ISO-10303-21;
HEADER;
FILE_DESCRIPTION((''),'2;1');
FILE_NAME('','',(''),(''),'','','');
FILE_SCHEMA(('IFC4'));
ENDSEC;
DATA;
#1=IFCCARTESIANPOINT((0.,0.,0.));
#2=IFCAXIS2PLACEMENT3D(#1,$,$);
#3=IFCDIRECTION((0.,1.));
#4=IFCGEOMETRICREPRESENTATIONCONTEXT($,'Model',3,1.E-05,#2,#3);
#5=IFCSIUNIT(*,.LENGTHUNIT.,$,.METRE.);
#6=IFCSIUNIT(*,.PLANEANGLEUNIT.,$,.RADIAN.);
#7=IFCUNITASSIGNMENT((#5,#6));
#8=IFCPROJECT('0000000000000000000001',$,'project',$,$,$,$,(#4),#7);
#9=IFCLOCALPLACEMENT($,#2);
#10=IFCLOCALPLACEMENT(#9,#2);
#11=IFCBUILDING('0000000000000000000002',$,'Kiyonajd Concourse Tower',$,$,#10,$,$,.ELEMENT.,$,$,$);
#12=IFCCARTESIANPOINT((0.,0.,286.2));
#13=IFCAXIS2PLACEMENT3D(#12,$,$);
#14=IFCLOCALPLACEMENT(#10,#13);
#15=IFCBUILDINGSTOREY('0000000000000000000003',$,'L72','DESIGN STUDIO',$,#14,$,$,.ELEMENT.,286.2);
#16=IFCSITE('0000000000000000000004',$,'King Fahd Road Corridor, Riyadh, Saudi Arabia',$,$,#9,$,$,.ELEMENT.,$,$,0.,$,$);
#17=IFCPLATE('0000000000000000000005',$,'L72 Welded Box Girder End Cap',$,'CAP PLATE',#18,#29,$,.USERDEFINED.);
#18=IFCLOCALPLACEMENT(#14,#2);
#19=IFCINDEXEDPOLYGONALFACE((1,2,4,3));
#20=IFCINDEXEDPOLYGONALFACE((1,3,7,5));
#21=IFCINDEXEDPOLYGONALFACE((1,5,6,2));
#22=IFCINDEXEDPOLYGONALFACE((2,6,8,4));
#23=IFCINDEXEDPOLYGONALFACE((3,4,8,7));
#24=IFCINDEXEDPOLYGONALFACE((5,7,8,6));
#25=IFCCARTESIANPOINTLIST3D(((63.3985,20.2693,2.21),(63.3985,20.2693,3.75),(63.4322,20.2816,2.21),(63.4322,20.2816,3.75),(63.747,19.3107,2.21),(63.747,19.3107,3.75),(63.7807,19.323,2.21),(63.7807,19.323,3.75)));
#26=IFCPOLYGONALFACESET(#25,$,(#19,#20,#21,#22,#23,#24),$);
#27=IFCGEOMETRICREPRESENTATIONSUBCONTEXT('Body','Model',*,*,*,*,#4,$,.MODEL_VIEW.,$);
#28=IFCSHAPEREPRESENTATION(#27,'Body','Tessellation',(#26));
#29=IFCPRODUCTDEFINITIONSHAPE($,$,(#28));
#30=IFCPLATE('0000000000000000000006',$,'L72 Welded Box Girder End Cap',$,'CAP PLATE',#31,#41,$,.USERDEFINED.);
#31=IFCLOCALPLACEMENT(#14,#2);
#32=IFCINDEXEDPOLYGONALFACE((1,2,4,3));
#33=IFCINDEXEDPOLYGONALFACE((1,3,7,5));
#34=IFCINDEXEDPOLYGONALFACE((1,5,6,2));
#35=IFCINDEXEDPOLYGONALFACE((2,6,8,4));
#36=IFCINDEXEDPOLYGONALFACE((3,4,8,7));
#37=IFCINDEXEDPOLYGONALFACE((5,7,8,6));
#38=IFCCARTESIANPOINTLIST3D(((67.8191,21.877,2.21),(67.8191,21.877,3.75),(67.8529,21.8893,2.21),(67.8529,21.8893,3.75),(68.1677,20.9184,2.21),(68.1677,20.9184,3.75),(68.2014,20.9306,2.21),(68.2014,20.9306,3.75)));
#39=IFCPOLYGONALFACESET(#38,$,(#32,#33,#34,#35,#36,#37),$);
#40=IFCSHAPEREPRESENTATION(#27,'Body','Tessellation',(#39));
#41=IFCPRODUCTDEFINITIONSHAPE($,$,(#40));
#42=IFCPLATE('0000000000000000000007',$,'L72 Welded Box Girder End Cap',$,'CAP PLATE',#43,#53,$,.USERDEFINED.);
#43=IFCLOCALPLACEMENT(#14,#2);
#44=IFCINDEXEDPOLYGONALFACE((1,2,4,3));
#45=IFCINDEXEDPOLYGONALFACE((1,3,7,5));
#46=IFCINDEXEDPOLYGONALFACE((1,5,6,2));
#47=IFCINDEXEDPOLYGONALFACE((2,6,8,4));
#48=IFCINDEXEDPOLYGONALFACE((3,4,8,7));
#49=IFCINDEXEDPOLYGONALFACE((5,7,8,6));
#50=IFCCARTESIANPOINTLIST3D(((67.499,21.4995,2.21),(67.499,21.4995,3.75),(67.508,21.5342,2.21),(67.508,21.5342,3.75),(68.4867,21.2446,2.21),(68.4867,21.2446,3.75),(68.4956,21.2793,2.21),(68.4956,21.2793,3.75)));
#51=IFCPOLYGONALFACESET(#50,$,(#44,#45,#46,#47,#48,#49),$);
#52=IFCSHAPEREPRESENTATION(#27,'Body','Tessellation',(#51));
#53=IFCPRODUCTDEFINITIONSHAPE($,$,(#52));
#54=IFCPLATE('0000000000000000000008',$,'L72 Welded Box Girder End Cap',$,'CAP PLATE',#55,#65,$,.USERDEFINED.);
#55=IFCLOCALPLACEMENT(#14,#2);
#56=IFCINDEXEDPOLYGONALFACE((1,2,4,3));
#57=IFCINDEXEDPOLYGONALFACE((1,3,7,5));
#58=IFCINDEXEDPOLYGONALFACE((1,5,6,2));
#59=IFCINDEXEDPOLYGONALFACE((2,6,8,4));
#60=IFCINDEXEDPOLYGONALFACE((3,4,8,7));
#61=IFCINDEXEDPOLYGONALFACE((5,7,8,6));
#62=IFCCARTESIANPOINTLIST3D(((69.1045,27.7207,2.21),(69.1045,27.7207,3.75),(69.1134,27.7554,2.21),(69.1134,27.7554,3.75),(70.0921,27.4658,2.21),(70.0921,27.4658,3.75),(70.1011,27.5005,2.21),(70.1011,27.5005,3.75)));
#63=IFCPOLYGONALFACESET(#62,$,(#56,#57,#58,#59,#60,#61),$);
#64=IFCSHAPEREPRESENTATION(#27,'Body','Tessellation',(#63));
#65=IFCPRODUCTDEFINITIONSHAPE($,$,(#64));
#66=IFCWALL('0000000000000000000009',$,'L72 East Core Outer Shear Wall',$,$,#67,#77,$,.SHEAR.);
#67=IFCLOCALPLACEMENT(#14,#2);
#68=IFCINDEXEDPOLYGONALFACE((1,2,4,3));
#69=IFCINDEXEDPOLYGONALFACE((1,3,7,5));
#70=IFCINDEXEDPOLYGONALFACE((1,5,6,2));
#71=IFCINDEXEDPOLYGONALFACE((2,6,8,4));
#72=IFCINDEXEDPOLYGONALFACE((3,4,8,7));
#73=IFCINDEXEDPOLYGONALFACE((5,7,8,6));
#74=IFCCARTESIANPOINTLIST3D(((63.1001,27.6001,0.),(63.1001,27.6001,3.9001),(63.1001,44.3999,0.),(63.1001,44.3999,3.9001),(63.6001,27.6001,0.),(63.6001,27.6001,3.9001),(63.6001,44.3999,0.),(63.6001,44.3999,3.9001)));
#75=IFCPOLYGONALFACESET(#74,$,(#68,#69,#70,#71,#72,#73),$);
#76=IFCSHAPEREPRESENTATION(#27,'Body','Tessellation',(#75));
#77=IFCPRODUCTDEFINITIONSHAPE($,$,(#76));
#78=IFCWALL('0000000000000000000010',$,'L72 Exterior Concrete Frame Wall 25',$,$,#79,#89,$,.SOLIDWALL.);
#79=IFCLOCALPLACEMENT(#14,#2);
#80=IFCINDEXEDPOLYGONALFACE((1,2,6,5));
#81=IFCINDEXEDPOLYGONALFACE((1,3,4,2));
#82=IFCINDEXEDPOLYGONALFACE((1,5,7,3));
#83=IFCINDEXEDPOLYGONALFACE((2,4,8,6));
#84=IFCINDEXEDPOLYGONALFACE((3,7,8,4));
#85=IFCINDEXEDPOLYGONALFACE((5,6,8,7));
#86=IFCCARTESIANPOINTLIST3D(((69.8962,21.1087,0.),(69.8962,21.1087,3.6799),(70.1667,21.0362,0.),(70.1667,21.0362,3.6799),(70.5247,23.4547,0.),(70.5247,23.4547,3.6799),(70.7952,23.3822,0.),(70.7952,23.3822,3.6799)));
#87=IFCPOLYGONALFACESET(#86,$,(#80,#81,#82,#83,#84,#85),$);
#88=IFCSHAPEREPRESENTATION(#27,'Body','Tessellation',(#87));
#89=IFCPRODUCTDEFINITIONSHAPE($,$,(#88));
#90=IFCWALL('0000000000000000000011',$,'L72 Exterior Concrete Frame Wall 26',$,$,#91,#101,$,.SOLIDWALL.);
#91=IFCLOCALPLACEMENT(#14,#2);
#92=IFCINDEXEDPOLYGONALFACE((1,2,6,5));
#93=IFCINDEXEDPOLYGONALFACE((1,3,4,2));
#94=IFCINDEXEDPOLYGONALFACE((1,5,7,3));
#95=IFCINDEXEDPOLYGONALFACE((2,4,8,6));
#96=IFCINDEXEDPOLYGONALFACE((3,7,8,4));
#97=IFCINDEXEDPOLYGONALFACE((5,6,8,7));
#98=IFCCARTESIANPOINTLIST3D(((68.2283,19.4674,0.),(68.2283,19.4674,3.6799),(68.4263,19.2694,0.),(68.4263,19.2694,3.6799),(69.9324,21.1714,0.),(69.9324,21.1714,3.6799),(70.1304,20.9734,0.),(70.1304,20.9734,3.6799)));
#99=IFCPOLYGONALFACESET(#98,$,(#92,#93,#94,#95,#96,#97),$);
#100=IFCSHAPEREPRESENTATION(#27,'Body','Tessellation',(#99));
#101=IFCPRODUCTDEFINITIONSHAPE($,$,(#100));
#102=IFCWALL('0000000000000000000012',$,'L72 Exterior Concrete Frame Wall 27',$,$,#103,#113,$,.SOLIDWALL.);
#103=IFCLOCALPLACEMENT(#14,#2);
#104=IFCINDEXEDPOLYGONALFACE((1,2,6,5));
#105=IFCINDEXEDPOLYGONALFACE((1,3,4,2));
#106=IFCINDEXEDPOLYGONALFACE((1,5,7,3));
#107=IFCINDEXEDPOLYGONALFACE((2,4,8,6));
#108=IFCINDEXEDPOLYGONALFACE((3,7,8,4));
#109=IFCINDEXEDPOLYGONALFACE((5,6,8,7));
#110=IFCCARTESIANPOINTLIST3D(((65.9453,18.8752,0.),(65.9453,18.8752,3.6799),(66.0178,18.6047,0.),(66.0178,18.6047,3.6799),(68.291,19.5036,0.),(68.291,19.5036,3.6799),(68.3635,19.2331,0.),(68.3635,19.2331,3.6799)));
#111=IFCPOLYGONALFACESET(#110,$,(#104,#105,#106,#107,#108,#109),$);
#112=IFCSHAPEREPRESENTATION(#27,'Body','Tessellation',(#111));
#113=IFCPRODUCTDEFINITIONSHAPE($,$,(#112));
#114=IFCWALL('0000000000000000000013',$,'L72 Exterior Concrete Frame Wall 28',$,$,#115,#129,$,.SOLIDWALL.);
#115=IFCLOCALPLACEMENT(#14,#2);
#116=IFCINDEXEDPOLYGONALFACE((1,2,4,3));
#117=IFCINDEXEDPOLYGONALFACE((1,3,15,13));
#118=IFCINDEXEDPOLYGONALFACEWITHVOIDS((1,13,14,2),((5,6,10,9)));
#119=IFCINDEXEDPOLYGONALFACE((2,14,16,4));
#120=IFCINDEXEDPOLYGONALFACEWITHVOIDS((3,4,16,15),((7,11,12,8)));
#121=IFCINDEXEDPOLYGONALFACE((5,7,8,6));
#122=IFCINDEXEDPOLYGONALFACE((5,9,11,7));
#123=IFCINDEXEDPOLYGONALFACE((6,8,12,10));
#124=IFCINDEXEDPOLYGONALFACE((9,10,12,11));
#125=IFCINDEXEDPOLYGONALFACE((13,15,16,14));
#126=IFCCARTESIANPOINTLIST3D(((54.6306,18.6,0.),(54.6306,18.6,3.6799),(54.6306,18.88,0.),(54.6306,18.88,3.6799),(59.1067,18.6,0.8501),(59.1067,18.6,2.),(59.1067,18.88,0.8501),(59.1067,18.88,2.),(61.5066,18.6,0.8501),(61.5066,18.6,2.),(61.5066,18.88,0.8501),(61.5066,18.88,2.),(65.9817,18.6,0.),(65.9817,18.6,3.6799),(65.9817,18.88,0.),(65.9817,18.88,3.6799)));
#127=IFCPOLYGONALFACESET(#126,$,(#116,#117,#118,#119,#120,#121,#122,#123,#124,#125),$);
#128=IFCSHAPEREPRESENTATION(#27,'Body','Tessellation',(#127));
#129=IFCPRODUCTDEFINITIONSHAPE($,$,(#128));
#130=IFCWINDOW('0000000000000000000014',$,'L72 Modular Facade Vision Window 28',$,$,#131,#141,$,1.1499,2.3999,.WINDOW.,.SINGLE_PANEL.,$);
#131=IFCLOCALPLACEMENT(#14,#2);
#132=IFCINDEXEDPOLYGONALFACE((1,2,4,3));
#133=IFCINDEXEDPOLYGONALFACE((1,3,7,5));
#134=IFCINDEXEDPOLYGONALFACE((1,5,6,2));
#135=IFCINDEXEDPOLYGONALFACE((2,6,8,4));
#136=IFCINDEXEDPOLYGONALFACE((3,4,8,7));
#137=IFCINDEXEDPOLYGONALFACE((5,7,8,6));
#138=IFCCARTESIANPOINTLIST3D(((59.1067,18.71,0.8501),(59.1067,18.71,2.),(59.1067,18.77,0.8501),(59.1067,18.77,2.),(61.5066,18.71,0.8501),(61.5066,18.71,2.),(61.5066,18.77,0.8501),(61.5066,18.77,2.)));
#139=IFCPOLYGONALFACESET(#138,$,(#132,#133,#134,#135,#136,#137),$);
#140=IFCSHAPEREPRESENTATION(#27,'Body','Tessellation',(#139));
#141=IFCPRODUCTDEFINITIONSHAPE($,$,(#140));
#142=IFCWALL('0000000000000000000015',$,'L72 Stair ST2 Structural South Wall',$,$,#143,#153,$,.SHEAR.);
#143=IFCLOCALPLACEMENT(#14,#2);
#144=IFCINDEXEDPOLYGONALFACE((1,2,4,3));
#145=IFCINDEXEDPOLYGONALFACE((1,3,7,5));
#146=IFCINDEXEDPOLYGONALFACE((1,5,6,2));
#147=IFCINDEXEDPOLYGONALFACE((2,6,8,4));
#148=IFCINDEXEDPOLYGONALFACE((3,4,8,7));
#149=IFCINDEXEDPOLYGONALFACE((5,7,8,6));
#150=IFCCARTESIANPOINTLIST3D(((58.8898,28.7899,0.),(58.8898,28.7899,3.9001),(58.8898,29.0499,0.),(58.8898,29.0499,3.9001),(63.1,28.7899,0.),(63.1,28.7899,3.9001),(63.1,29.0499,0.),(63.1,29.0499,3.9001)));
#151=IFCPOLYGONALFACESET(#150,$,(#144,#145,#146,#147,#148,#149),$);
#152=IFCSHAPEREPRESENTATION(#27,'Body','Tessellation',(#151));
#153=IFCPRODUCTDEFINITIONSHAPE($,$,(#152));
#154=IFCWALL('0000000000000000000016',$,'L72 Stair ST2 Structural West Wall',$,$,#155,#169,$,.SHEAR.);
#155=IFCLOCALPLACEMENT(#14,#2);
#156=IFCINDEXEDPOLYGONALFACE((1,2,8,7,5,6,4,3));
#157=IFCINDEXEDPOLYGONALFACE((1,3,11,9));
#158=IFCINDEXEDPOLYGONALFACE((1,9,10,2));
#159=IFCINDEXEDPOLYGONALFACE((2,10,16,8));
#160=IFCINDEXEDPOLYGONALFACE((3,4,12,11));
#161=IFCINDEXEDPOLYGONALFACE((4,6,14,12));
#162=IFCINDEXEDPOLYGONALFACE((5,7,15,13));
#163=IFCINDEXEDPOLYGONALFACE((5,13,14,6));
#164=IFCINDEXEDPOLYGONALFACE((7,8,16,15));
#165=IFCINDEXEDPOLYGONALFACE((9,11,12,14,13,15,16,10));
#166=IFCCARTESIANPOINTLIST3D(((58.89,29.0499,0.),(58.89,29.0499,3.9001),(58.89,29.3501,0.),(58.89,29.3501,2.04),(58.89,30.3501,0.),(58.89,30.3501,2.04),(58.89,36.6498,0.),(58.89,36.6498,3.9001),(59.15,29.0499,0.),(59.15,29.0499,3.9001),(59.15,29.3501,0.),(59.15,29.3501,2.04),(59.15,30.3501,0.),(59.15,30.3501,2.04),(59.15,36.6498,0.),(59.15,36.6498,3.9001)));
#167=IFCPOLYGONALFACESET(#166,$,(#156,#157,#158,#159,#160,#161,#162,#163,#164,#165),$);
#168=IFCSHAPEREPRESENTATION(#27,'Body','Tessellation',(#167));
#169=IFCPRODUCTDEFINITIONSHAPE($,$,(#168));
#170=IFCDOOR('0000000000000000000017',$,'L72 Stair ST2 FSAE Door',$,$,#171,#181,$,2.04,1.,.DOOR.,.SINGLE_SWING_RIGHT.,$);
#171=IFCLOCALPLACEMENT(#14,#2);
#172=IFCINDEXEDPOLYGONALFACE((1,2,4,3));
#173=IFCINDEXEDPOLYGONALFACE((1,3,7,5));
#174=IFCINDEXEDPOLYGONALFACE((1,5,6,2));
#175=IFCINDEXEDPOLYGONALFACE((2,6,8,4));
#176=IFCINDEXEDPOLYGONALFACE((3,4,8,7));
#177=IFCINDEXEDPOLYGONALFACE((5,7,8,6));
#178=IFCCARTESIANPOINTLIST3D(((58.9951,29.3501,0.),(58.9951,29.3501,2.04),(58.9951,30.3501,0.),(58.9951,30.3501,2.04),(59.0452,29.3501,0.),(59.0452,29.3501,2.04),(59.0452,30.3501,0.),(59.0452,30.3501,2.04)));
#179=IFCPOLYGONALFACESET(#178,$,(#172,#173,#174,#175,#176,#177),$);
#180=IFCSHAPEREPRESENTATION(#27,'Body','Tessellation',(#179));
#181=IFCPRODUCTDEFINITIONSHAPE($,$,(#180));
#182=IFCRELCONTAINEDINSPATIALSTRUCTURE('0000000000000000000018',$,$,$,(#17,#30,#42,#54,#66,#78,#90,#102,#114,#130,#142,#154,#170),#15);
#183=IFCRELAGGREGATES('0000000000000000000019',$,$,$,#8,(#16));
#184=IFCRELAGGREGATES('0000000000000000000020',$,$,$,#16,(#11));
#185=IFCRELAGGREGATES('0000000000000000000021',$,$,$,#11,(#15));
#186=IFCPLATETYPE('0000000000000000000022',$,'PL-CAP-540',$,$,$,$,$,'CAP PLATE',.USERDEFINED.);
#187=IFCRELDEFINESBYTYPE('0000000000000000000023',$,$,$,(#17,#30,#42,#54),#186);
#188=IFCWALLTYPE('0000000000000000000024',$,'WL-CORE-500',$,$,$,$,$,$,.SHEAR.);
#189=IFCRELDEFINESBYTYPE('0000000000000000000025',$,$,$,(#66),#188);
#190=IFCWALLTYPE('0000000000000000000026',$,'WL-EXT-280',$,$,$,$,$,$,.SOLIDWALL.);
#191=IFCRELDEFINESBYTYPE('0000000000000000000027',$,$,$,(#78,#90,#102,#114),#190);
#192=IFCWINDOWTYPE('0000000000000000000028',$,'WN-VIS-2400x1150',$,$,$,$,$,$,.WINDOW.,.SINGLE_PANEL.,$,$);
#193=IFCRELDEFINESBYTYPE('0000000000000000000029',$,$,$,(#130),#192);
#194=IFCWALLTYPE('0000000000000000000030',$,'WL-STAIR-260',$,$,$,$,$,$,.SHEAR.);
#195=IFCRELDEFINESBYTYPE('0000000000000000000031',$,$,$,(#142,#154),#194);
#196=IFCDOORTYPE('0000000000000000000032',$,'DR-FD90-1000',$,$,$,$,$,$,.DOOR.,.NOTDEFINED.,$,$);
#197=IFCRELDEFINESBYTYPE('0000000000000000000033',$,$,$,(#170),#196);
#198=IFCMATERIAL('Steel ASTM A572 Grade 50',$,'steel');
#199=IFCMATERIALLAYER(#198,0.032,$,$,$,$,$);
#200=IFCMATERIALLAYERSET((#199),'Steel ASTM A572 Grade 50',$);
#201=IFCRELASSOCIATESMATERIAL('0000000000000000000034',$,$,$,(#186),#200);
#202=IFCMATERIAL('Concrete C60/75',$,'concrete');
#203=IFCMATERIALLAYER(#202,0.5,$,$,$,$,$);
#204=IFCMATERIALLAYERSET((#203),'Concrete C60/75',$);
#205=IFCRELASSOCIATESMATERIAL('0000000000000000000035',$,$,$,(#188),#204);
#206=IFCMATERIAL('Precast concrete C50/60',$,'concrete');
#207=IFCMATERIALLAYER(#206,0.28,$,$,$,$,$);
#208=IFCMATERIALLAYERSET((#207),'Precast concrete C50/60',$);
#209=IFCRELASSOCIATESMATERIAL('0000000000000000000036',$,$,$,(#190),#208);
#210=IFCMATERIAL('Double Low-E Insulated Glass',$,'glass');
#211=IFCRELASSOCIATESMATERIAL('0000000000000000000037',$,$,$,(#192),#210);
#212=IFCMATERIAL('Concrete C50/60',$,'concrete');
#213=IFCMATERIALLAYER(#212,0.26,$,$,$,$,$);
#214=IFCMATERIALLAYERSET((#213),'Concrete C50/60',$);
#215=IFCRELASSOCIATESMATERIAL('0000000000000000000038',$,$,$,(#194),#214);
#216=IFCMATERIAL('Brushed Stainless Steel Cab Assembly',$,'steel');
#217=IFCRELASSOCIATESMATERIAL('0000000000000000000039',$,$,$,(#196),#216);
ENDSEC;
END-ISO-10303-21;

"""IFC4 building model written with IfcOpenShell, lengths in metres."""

from ifc_helpers import new_model, si_unit, direction, frame, frame_2d, origin, origin_2d, place, context, subcontext, project, spatial, rectangle, extrude, material, layer, layer_set, type_object, element, fill, save


model = new_model("IFC4")

# Units and contexts
model_context = context("Model", 3, precision=1e-05, world=origin(), true_north=direction((0.0, 1.0)))
body_context = subcontext(model_context, "Body", "Model", "MODEL_VIEW")
ifc_project = project(units=[si_unit("LENGTHUNIT", "METRE"), si_unit("PLANEANGLEUNIT", "RADIAN")], contexts=[model_context])

# Site, building, storey
site_placement = place(None, origin())
site = spatial("IfcSite", under=ifc_project, at=site_placement, Name="King Fahd Road Corridor, Riyadh, Saudi Arabia", CompositionType="ELEMENT", RefElevation=0.0)
building_placement = place(site_placement, origin())
building = spatial("IfcBuilding", under=site, at=building_placement, Name="Kiyonajd Concourse Tower", CompositionType="ELEMENT")
storey_placement = place(building_placement, frame((0.0, 0.0, 286.2)))
storey = spatial("IfcBuildingStorey", under=building, at=storey_placement, Name="L72", Description="DESIGN STUDIO", CompositionType="ELEMENT", Elevation=286.2)

# Shared definitions
ifc_material_1 = material(Name="Concrete C60/75", Category="concrete")

# Shared definitions
ifc_material_2 = material(Name="Steel ASTM A572 Grade 50", Category="steel")

# Plates
ifc_layer_1 = layer(ifc_material_2, 0.032)
ifc_layer_set_1 = layer_set([ifc_layer_1], Name="Steel ASTM A572 Grade 50")
plate_type = type_object("IfcPlateType", Name="PL-CAP-540", ElementType="CAP PLATE", PredefinedType="USERDEFINED", material=ifc_layer_set_1)
for number, where, z_axis, x_axis, name in (
    (1, (63.5896, 19.7961, 2.21), (0.0, 0.0, 1.0), (-0.939812, -0.341692, 0.0), "L72 Welded Box Girder End Cap"),
    (2, (68.0103, 21.4038, 2.21), (0.0, 0.0, 1.0), (0.939812, 0.341692, 0.0), "L72 Welded Box Girder End Cap"),
    (3, (67.9973, 21.3894, 2.21), (0.0, 0.0, 1.0), (-0.249873, -0.968279, 0.0), "L72 Welded Box Girder End Cap"),
    (4, (69.6028, 27.6106, 2.21), (0.0, 0.0, 1.0), (0.249873, 0.968279, 0.0), "L72 Welded Box Girder End Cap"),
):
    element("IfcPlate", number, at=place(storey_placement, frame(where, z_axis=z_axis, x_axis=x_axis)), inside=storey, type_object=plate_type, Name=name, ObjectType="CAP PLATE", PredefinedType="USERDEFINED", context=body_context, shape_type="SweptSolid", body=[
        extrude(rectangle(XDim=0.0359, YDim=1.02, at=origin_2d()), origin(), (0.0, 0.0, 1.0), 1.54),
    ])

# Walls
ifc_layer_2 = layer(ifc_material_1, 0.5)
ifc_layer_set_2 = layer_set([ifc_layer_2], Name="Concrete C60/75")
wall_type_1 = type_object("IfcWallType", Name="WL-CORE-500", PredefinedType="SHEAR", material=ifc_layer_set_2)
wall_1_placement = place(storey_placement, frame((63.3501, 27.6001, 0.0), z_axis=(0.0, 0.0, 1.0), x_axis=(0.0, 1.0, 0.0)))
element("IfcWall", 5, at=wall_1_placement, inside=storey, type_object=wall_type_1, Name="L72 East Core Outer Shear Wall", PredefinedType="SHEAR", context=body_context, shape_type="SweptSolid", body=[
    extrude(rectangle(XDim=16.7998, YDim=0.5, at=frame_2d((8.3999, 0.0))), origin(), (0.0, 0.0, 1.0), 3.9001),
])
ifc_material_3 = material(Name="Precast concrete C50/60", Category="concrete")
ifc_layer_3 = layer(ifc_material_3, 0.28)
ifc_layer_set_3 = layer_set([ifc_layer_3], Name="Precast concrete C50/60")
wall_type_2 = type_object("IfcWallType", Name="WL-EXT-280", PredefinedType="SOLIDWALL", material=ifc_layer_set_3)
wall_2_placement = place(storey_placement, frame((70.6599, 23.4185, 0.0), z_axis=(0.0, 0.0, 1.0), x_axis=(-0.258751, -0.965944, 0.0)))
element("IfcWall", 6, at=wall_2_placement, inside=storey, type_object=wall_type_2, Name="L72 Exterior Concrete Frame Wall 25", PredefinedType="SOLIDWALL", context=body_context, shape_type="SweptSolid", body=[
    extrude(rectangle(XDim=2.4287, YDim=0.28, at=frame_2d((1.2144, 0.0))), origin(), (0.0, 0.0, 1.0), 3.6799),
])
wall_3_placement = place(storey_placement, frame((70.0315, 21.0725, 0.0), z_axis=(0.0, 0.0, 1.0), x_axis=(-0.707107, -0.707107, 0.0)))
element("IfcWall", 7, at=wall_3_placement, inside=storey, type_object=wall_type_2, Name="L72 Exterior Concrete Frame Wall 26", PredefinedType="SOLIDWALL", context=body_context, shape_type="SweptSolid", body=[
    extrude(rectangle(XDim=2.4099, YDim=0.28, at=frame_2d((1.2051, 0.0))), origin(), (0.0, 0.0, 1.0), 3.6799),
])
wall_4_placement = place(storey_placement, frame((68.3274, 19.3684, 0.0), z_axis=(0.0, 0.0, 1.0), x_axis=(-0.965937, -0.258776, 0.0)))
element("IfcWall", 8, at=wall_4_placement, inside=storey, type_object=wall_type_2, Name="L72 Exterior Concrete Frame Wall 27", PredefinedType="SOLIDWALL", context=body_context, shape_type="SweptSolid", body=[
    extrude(rectangle(XDim=2.4285, YDim=0.28, at=frame_2d((1.2144, 0.0))), origin(), (0.0, 0.0, 1.0), 3.6799),
])

# Wall, opening, window
wall_5_placement = place(storey_placement, frame((65.9817, 18.74, 0.0), z_axis=(0.0, 0.0, 1.0), x_axis=(-1.0, 0.0, 0.0)))
wall_5 = element("IfcWall", 9, at=wall_5_placement, inside=storey, type_object=wall_type_2, Name="L72 Exterior Concrete Frame Wall 28", PredefinedType="SOLIDWALL", context=body_context, shape_type="SweptSolid", body=[
    extrude(rectangle(XDim=11.3511, YDim=0.28, at=frame_2d((5.6755, 0.0))), origin(), (0.0, 0.0, 1.0), 3.6799),
])
opening_1_placement = place(wall_5_placement, frame((4.4751, 0.0, 0.8501)))
opening_1 = element("IfcOpeningElement", 10, at=opening_1_placement, cuts=wall_5, PredefinedType="OPENING", context=body_context, shape_type="SweptSolid", body=[
    extrude(rectangle(XDim=2.3999, YDim=1.1499, at=frame_2d((1.2, 0.575))), frame((0.0, 0.1499, 0.0), z_axis=(0.0, -1.0, 0.0), x_axis=(1.0, 0.0, 0.0)), (0.0, 0.0, 1.0), 0.3),
])
ifc_material_4 = material(Name="Double Low-E Insulated Glass", Category="glass")
window_type = type_object("IfcWindowType", Name="WN-VIS-2400x1150", PartitioningType="SINGLE_PANEL", PredefinedType="WINDOW", material=ifc_material_4)
window_placement = place(opening_1_placement, origin())
window = element("IfcWindow", 11, at=window_placement, inside=storey, type_object=window_type, Name="L72 Modular Facade Vision Window 28", OverallHeight=1.1499, OverallWidth=2.3999, PartitioningType="SINGLE_PANEL", PredefinedType="WINDOW", context=body_context, shape_type="SweptSolid", body=[
    extrude(rectangle(XDim=2.3999, YDim=1.1499, at=frame_2d((1.2, 0.575))), frame((0.0, 0.03, 0.0), z_axis=(0.0, -1.0, 0.0), x_axis=(1.0, 0.0, 0.0)), (0.0, 0.0, 1.0), 0.0601),
])
fill(opening_1, window)

# Wall
ifc_material_5 = material(Name="Concrete C50/60", Category="concrete")
ifc_layer_4 = layer(ifc_material_5, 0.26)
ifc_layer_set_4 = layer_set([ifc_layer_4], Name="Concrete C50/60")
wall_type_3 = type_object("IfcWallType", Name="WL-STAIR-260", PredefinedType="SHEAR", material=ifc_layer_set_4)
wall_6_placement = place(storey_placement, frame((58.8899, 28.9199, 0.0), z_axis=(0.0, 0.0, 1.0), x_axis=(1.0, 0.0, 0.0)))
element("IfcWall", 12, at=wall_6_placement, inside=storey, type_object=wall_type_3, Name="L72 Stair ST2 Structural South Wall", PredefinedType="SHEAR", context=body_context, shape_type="SweptSolid", body=[
    extrude(rectangle(XDim=4.2102, YDim=0.26, at=frame_2d((2.105, 0.0))), origin(), (0.0, 0.0, 1.0), 3.9001),
])

# Wall, opening, door
wall_7_placement = place(storey_placement, frame((59.02, 29.05, 0.0), z_axis=(0.0, 0.0, 1.0), x_axis=(0.0, 1.0, 0.0)))
wall_7 = element("IfcWall", 13, at=wall_7_placement, inside=storey, type_object=wall_type_3, Name="L72 Stair ST2 Structural West Wall", PredefinedType="SHEAR", context=body_context, shape_type="SweptSolid", body=[
    extrude(rectangle(XDim=7.5999, YDim=0.26, at=frame_2d((3.7998, 0.0))), origin(), (0.0, 0.0, 1.0), 3.9001),
])
opening_2_placement = place(wall_7_placement, frame((0.3, 0.0, 0.0)))
opening_2 = element("IfcOpeningElement", 14, at=opening_2_placement, cuts=wall_7, PredefinedType="OPENING", context=body_context, shape_type="SweptSolid", body=[
    extrude(rectangle(XDim=1.0, YDim=2.04, at=frame_2d((0.5, 1.02))), frame((0.0, 0.1399, 0.0), z_axis=(0.0, -1.0, 0.0), x_axis=(1.0, 0.0, 0.0)), (0.0, 0.0, 1.0), 0.28),
])
ifc_material_6 = material(Name="Brushed Stainless Steel Cab Assembly", Category="steel")
door_type = type_object("IfcDoorType", Name="DR-FD90-1000", OperationType="NOTDEFINED", PredefinedType="DOOR", material=ifc_material_6)
door_placement = place(opening_2_placement, origin())
door = element("IfcDoor", 15, at=door_placement, inside=storey, type_object=door_type, Name="L72 Stair ST2 FSAE Door", OperationType="SINGLE_SWING_RIGHT", OverallHeight=2.04, OverallWidth=1.0, PredefinedType="DOOR", context=body_context, shape_type="SweptSolid", body=[
    extrude(rectangle(XDim=1.0, YDim=2.04, at=frame_2d((0.5, 1.02))), frame((0.0, 0.0249, 0.0), z_axis=(0.0, -1.0, 0.0), x_axis=(1.0, 0.0, 0.0)), (0.0, 0.0, 1.0), 0.05),
])
fill(opening_2, door)

save(model, "model.ifc")
